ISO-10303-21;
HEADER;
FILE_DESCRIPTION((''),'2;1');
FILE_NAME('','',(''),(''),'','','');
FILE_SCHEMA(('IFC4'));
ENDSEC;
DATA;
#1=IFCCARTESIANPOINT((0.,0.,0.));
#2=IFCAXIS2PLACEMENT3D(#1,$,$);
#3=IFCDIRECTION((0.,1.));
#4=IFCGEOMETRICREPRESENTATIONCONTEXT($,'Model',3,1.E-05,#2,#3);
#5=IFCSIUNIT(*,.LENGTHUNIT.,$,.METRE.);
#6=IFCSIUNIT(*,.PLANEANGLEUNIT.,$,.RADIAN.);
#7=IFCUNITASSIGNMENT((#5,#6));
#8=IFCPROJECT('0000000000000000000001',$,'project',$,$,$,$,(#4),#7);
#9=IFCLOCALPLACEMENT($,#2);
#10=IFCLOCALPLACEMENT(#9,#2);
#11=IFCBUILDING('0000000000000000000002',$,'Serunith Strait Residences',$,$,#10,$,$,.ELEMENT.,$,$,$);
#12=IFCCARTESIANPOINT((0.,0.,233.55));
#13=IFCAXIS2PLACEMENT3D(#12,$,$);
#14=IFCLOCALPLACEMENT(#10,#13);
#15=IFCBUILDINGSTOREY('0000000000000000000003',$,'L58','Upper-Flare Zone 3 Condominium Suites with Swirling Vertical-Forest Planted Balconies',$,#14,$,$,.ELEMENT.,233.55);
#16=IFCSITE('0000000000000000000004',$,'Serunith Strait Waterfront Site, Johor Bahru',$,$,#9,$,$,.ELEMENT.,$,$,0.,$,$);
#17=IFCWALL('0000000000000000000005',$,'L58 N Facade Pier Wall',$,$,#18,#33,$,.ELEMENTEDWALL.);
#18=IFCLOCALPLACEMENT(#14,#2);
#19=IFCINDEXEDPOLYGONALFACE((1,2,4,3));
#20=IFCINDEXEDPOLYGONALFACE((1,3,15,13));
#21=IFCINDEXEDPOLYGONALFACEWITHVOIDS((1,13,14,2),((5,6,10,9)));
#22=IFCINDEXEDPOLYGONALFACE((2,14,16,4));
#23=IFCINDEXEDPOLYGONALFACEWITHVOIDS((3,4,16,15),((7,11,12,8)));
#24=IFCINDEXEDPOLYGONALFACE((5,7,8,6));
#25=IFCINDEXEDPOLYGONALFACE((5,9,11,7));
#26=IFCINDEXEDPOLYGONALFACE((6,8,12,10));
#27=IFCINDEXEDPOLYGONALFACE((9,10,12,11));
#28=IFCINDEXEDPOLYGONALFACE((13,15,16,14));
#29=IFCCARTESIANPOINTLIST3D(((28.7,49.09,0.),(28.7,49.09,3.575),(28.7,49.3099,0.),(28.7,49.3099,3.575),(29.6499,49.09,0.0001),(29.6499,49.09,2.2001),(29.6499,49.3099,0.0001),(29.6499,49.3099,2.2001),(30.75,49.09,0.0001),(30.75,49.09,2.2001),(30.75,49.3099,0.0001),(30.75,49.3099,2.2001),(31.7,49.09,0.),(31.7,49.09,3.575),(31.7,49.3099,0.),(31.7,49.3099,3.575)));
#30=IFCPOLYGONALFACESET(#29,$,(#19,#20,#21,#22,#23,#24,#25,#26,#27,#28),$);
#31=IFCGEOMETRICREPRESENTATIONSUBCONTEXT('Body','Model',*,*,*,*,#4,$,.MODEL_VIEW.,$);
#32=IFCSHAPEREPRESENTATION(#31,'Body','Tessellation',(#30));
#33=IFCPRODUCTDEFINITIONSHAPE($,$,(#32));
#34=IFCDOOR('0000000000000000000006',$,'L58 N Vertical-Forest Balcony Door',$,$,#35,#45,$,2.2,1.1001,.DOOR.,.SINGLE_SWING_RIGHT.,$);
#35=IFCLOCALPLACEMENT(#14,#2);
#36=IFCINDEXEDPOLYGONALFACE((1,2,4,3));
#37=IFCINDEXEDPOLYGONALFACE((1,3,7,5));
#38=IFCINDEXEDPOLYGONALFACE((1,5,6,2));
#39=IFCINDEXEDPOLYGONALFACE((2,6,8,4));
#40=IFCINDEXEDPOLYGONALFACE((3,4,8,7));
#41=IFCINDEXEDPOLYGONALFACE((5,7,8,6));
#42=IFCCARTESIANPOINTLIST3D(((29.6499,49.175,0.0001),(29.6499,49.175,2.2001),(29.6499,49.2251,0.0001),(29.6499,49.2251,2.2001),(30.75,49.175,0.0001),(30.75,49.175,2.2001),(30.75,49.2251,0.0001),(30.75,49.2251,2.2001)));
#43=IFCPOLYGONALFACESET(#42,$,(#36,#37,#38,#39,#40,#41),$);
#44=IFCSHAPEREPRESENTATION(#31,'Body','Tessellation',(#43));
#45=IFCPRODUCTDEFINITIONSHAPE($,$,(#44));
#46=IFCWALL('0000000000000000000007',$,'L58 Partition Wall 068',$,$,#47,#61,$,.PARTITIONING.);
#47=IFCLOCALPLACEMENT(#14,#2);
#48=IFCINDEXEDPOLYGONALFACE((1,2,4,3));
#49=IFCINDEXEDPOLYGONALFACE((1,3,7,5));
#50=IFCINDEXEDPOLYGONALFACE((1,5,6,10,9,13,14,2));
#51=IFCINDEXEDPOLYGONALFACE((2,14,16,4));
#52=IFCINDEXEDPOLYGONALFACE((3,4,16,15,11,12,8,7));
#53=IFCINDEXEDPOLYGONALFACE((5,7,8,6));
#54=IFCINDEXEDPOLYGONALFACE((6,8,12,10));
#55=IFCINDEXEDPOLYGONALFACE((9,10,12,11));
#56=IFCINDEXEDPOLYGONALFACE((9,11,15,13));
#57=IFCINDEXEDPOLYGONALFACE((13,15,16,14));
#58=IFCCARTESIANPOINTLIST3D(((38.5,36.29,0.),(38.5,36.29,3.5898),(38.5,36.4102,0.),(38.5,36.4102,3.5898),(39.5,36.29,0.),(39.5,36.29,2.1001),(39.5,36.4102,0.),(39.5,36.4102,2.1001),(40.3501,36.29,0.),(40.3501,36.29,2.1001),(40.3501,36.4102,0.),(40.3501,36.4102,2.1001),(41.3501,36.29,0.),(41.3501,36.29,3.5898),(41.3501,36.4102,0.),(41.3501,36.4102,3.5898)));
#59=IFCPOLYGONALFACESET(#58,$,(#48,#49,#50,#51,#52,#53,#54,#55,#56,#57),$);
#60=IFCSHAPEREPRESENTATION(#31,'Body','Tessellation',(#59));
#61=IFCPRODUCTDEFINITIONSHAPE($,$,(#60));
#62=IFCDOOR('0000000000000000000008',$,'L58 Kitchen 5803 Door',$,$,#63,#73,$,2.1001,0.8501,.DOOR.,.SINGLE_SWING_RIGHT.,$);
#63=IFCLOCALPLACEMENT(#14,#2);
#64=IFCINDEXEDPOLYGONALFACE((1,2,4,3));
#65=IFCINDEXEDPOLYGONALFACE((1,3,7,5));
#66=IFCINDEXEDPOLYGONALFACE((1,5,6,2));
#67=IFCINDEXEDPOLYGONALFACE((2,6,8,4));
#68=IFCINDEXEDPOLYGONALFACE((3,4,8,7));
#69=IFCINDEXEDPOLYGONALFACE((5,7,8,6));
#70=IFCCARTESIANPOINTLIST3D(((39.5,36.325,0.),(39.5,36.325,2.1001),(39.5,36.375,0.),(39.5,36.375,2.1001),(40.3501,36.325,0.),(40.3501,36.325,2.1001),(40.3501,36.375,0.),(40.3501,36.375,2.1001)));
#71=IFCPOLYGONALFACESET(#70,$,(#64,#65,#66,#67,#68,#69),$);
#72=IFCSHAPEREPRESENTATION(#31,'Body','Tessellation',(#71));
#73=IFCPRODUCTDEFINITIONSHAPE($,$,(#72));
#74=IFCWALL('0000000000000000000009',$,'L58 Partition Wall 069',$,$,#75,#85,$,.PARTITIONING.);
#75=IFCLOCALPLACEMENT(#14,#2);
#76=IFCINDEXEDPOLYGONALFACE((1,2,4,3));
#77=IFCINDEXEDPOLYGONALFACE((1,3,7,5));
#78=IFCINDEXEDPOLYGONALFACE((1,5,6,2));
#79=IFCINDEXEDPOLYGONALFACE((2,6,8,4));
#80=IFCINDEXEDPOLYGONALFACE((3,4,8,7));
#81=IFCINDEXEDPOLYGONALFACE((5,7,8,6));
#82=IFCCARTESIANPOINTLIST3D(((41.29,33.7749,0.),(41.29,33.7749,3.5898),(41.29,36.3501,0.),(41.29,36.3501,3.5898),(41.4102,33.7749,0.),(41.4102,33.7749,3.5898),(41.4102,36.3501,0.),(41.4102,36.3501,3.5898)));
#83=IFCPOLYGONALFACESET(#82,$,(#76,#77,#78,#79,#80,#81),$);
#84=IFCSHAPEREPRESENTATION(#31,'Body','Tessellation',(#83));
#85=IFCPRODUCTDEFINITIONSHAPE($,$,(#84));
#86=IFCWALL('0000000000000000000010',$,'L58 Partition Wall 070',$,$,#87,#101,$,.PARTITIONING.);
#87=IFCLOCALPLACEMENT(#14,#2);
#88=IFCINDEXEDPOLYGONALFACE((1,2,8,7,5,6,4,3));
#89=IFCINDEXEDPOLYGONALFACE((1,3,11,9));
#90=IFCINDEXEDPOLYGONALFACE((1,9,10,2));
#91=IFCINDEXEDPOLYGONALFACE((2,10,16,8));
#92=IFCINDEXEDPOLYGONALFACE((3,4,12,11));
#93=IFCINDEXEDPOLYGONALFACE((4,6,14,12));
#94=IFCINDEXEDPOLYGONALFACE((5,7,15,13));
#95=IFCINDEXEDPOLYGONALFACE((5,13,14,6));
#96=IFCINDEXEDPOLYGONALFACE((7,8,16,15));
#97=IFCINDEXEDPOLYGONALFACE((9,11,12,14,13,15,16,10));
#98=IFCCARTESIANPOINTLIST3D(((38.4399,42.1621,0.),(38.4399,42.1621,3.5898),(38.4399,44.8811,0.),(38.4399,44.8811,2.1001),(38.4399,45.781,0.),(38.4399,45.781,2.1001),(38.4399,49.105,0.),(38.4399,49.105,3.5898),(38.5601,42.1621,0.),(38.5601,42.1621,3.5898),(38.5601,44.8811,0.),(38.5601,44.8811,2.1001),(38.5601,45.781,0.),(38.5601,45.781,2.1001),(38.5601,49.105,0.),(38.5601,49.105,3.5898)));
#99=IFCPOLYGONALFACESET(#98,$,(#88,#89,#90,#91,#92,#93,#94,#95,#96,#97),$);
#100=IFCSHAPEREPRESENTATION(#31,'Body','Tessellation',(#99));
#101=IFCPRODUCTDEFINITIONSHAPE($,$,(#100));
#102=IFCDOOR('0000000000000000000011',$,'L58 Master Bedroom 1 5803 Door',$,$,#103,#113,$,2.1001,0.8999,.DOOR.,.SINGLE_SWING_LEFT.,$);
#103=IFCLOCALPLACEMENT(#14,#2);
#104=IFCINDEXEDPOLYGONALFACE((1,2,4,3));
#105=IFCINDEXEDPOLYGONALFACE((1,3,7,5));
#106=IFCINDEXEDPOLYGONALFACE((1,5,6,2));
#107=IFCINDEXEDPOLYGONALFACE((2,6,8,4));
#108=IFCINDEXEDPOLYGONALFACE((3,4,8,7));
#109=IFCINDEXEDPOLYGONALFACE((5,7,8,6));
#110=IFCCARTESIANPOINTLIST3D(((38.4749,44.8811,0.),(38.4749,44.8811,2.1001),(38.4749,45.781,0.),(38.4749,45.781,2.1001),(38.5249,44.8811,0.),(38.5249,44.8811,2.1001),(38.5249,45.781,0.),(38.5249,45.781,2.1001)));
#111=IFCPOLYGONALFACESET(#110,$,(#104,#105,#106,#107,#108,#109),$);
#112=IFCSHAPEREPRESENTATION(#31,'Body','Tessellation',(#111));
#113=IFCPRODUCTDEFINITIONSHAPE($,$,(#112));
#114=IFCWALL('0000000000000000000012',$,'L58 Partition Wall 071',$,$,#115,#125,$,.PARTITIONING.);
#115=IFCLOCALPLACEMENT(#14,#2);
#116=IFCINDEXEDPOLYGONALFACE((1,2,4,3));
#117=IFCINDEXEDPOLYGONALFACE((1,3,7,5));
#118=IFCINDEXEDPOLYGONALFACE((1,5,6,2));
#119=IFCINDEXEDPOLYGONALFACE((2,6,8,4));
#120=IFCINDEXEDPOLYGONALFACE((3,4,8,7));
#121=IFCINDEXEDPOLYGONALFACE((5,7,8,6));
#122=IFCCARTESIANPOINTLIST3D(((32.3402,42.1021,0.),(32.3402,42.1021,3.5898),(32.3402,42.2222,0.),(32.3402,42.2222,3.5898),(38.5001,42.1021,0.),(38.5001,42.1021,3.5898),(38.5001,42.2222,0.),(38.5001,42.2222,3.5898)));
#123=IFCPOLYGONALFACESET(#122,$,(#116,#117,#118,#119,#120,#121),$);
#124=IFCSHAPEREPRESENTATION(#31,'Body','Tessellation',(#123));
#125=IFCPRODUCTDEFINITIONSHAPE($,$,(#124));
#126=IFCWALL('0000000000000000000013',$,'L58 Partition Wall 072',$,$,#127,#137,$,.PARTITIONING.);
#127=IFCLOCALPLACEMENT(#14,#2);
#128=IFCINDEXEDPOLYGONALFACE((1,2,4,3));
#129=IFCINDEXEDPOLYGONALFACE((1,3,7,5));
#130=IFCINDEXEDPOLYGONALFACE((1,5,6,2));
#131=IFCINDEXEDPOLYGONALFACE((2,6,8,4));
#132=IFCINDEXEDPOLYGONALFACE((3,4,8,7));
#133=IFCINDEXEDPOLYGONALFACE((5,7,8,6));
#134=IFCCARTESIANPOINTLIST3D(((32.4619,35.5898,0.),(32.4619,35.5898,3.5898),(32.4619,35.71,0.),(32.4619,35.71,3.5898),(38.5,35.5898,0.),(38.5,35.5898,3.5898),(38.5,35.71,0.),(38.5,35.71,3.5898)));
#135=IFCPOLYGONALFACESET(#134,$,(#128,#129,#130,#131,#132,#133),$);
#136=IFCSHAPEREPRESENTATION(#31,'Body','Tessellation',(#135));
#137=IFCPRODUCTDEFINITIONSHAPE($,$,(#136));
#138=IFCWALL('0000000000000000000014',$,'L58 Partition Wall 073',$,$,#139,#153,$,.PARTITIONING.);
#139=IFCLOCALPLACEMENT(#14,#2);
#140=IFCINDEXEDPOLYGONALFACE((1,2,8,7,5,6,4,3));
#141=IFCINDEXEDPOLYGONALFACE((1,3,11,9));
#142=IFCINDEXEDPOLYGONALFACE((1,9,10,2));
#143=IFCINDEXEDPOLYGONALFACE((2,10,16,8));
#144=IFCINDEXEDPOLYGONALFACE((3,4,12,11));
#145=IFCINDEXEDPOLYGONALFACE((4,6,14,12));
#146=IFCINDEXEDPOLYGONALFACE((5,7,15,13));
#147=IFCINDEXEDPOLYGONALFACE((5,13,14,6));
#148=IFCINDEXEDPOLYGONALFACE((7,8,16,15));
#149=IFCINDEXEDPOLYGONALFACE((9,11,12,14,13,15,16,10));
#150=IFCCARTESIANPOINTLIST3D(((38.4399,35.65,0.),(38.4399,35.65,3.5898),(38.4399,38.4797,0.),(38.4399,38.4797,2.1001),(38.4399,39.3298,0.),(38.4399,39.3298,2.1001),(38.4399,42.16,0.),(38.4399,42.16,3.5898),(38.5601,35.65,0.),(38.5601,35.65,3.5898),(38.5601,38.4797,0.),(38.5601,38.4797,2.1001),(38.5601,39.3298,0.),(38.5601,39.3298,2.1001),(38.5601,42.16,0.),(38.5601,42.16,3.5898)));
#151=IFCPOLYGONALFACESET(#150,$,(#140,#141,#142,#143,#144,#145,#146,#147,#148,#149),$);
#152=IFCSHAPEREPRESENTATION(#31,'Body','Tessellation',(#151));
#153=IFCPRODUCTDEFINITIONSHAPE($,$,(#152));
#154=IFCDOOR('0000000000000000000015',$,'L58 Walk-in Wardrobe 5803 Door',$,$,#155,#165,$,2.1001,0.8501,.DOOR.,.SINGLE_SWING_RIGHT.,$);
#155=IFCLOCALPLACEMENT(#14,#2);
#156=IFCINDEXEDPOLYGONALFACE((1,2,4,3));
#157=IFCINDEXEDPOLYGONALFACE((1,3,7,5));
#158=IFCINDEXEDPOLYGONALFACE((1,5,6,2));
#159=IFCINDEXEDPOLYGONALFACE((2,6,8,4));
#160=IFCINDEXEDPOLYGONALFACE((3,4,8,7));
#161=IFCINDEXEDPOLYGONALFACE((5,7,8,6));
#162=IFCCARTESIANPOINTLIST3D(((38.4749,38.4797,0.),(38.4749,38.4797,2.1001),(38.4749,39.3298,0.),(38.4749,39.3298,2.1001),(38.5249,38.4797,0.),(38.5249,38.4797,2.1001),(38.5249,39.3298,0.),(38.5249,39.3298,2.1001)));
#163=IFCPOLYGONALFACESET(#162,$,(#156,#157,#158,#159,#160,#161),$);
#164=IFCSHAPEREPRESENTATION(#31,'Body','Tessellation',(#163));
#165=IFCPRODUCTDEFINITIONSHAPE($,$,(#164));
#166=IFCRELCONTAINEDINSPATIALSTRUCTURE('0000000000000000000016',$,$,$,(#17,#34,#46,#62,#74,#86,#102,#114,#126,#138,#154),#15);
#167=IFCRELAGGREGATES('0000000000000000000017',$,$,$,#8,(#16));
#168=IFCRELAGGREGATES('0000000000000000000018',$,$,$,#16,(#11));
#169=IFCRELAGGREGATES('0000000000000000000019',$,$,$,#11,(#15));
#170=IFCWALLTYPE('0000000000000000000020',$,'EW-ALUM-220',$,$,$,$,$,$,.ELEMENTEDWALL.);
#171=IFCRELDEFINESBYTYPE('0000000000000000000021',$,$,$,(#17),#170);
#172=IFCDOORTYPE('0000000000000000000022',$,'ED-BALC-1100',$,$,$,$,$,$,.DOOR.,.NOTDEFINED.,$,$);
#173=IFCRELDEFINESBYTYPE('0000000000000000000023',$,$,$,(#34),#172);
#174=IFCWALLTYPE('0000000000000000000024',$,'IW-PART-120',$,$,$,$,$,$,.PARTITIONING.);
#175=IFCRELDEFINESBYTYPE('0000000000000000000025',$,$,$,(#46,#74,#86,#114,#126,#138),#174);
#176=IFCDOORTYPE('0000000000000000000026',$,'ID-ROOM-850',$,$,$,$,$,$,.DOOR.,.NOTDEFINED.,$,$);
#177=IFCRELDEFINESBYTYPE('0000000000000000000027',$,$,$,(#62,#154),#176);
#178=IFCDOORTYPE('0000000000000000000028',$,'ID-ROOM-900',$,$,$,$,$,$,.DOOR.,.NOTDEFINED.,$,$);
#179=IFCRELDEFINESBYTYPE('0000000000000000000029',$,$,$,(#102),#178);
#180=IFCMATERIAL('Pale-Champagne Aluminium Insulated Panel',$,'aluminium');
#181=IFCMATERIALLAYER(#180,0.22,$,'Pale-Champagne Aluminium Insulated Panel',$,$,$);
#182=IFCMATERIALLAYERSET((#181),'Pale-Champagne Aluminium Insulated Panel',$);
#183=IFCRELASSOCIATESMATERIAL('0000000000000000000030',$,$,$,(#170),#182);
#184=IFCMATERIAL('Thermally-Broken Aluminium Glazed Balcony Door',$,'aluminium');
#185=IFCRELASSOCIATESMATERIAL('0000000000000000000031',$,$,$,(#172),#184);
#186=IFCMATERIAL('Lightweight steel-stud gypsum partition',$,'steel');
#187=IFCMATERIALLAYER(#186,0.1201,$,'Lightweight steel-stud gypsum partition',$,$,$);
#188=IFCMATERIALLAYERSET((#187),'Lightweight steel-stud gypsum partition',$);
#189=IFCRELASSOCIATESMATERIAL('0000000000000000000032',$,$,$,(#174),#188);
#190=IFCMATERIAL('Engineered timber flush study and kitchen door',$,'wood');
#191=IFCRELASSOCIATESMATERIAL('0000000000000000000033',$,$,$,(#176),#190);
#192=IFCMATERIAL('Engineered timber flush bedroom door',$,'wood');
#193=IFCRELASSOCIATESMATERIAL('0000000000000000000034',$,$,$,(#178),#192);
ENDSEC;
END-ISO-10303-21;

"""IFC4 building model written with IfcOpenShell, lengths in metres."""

from ifc_helpers import new_model, si_unit, direction, frame, frame_2d, origin, place, context, subcontext, project, spatial, rectangle, extrude, source, transform, mapped, material, layer, layer_set, type_object, element, fill, save


model = new_model("IFC4")

# Units and contexts
model_context = context("Model", 3, precision=1e-05, world=origin(), true_north=direction((0.0, 1.0)))
body_context = subcontext(model_context, "Body", "Model", "MODEL_VIEW")
ifc_project = project(units=[si_unit("LENGTHUNIT", "METRE"), si_unit("PLANEANGLEUNIT", "RADIAN")], contexts=[model_context])

# Site, building, storey
site_placement = place(None, origin())
site = spatial("IfcSite", under=ifc_project, at=site_placement, Name="Serunith Strait Waterfront Site, Johor Bahru", CompositionType="ELEMENT", RefElevation=0.0)
building_placement = place(site_placement, origin())
building = spatial("IfcBuilding", under=site, at=building_placement, Name="Serunith Strait Residences", CompositionType="ELEMENT")
storey_placement = place(building_placement, frame((0.0, 0.0, 233.55)))
storey = spatial("IfcBuildingStorey", under=building, at=storey_placement, Name="L58", Description="Upper-Flare Zone 3 Condominium Suites with Swirling Vertical-Forest Planted Balconies", CompositionType="ELEMENT", Elevation=233.55)

# Walls, openings, doors
ifc_material_1 = material(Name="Pale-Champagne Aluminium Insulated Panel", Category="aluminium")
ifc_layer_1 = layer(ifc_material_1, 0.22, Name="Pale-Champagne Aluminium Insulated Panel")
ifc_layer_set_1 = layer_set([ifc_layer_1], Name="Pale-Champagne Aluminium Insulated Panel")
wall_type_1 = type_object("IfcWallType", Name="EW-ALUM-220", PredefinedType="ELEMENTEDWALL", material=ifc_layer_set_1)
wall_1_placement = place(storey_placement, frame((31.7, 49.2, 0.0), z_axis=(0.0, 0.0, 1.0), x_axis=(-1.0, 0.0, 0.0)))
wall_1 = element("IfcWall", 1, at=wall_1_placement, inside=storey, type_object=wall_type_1, Name="L58 N Facade Pier Wall", PredefinedType="ELEMENTEDWALL", context=body_context, shape_type="SweptSolid", body=[
    extrude(rectangle(XDim=3.0, YDim=0.22, at=frame_2d((1.5, 0.0))), origin(), (0.0, 0.0, 1.0), 3.575),
])
opening_1_placement = place(wall_1_placement, frame((0.95, 0.0, 0.0)))
opening_1 = element("IfcOpeningElement", 2, at=opening_1_placement, cuts=wall_1, PredefinedType="OPENING", context=body_context, shape_type="SweptSolid", body=[
    extrude(rectangle(XDim=1.1001, YDim=2.2, at=frame_2d((0.55, 1.1001))), frame((0.0, 0.1201, 0.0), z_axis=(0.0, -1.0, 0.0), x_axis=(1.0, 0.0, 0.0)), (0.0, 0.0, 1.0), 0.24),
])
ifc_material_2 = material(Name="Thermally-Broken Aluminium Glazed Balcony Door", Category="aluminium")
door_type_1 = type_object("IfcDoorType", Name="ED-BALC-1100", OperationType="NOTDEFINED", PredefinedType="DOOR", material=ifc_material_2)
shared_shape_1 = source(origin(), body_context, "Body", "SweptSolid", [
    extrude(rectangle(XDim=1.1001, YDim=2.2, at=frame_2d((0.55, 1.1001))), frame((0.0, 0.0249, 0.0), z_axis=(0.0, -1.0, 0.0), x_axis=(1.0, 0.0, 0.0)), (0.0, 0.0, 1.0), 0.05),
])
door_1_placement = place(opening_1_placement, origin())
door_1 = element("IfcDoor", 3, at=door_1_placement, inside=storey, type_object=door_type_1, Name="L58 N Vertical-Forest Balcony Door", OperationType="SINGLE_SWING_RIGHT", OverallHeight=2.2, OverallWidth=1.1001, PredefinedType="DOOR", context=body_context, shape_type="MappedRepresentation", body=[
    mapped(shared_shape_1, transform((0.0, 0.0, 0.0), scale=1.0)),
])
fill(opening_1, door_1)
ifc_material_3 = material(Name="Lightweight steel-stud gypsum partition", Category="steel")
ifc_layer_2 = layer(ifc_material_3, 0.1201, Name="Lightweight steel-stud gypsum partition")
ifc_layer_set_2 = layer_set([ifc_layer_2], Name="Lightweight steel-stud gypsum partition")
wall_type_2 = type_object("IfcWallType", Name="IW-PART-120", PredefinedType="PARTITIONING", material=ifc_layer_set_2)
wall_2_placement = place(storey_placement, frame((38.5, 36.3501, 0.0), z_axis=(0.0, 0.0, 1.0), x_axis=(1.0, 0.0, 0.0)))
wall_2 = element("IfcWall", 4, at=wall_2_placement, inside=storey, type_object=wall_type_2, Name="L58 Partition Wall 068", PredefinedType="PARTITIONING", context=body_context, shape_type="SweptSolid", body=[
    extrude(rectangle(XDim=2.8501, YDim=0.1201, at=frame_2d((1.425, 0.0))), origin(), (0.0, 0.0, 1.0), 3.5898),
])
opening_2_placement = place(wall_2_placement, frame((1.0, 0.0, 0.0)))
opening_2 = element("IfcOpeningElement", 5, at=opening_2_placement, cuts=wall_2, PredefinedType="OPENING", context=body_context, shape_type="SweptSolid", body=[
    extrude(rectangle(XDim=0.8501, YDim=2.1001, at=frame_2d((0.425, 1.05))), frame((0.0, 0.0701, 0.0), z_axis=(0.0, -1.0, 0.0), x_axis=(1.0, 0.0, 0.0)), (0.0, 0.0, 1.0), 0.1401),
])
ifc_material_4 = material(Name="Engineered timber flush study and kitchen door", Category="wood")
door_type_2 = type_object("IfcDoorType", Name="ID-ROOM-850", OperationType="NOTDEFINED", PredefinedType="DOOR", material=ifc_material_4)
shared_shape_2 = source(origin(), body_context, "Body", "SweptSolid", [
    extrude(rectangle(XDim=0.8501, YDim=2.1001, at=frame_2d((0.425, 1.05))), frame((0.0, 0.0249, 0.0), z_axis=(0.0, -1.0, 0.0), x_axis=(1.0, 0.0, 0.0)), (0.0, 0.0, 1.0), 0.05),
])
door_2_placement = place(opening_2_placement, origin())
door_2 = element("IfcDoor", 6, at=door_2_placement, inside=storey, type_object=door_type_2, Name="L58 Kitchen 5803 Door", OperationType="SINGLE_SWING_RIGHT", OverallHeight=2.1001, OverallWidth=0.8501, PredefinedType="DOOR", context=body_context, shape_type="MappedRepresentation", body=[
    mapped(shared_shape_2, transform((0.0, 0.0, 0.0), scale=1.0)),
])
fill(opening_2, door_2)

# Wall
wall_3_placement = place(storey_placement, frame((41.3501, 36.3501, 0.0), z_axis=(0.0, 0.0, 1.0), x_axis=(0.0, -1.0, 0.0)))
element("IfcWall", 7, at=wall_3_placement, inside=storey, type_object=wall_type_2, Name="L58 Partition Wall 069", PredefinedType="PARTITIONING", context=body_context, shape_type="SweptSolid", body=[
    extrude(rectangle(XDim=2.5752, YDim=0.1201, at=frame_2d((1.2876, 0.0))), origin(), (0.0, 0.0, 1.0), 3.5898),
])

# Wall, opening, door
wall_4_placement = place(storey_placement, frame((38.5, 49.105, 0.0), z_axis=(0.0, 0.0, 1.0), x_axis=(0.0, -1.0, 0.0)))
wall_4 = element("IfcWall", 8, at=wall_4_placement, inside=storey, type_object=wall_type_2, Name="L58 Partition Wall 070", PredefinedType="PARTITIONING", context=body_context, shape_type="SweptSolid", body=[
    extrude(rectangle(XDim=6.9429, YDim=0.1201, at=frame_2d((3.4714, 0.0))), origin(), (0.0, 0.0, 1.0), 3.5898),
])
opening_3_placement = place(wall_4_placement, frame((3.324, 0.0, 0.0)))
opening_3 = element("IfcOpeningElement", 9, at=opening_3_placement, cuts=wall_4, PredefinedType="OPENING", context=body_context, shape_type="SweptSolid", body=[
    extrude(rectangle(XDim=0.8999, YDim=2.1001, at=frame_2d((0.45, 1.05))), frame((0.0, 0.0701, 0.0), z_axis=(0.0, -1.0, 0.0), x_axis=(1.0, 0.0, 0.0)), (0.0, 0.0, 1.0), 0.1401),
])
ifc_material_5 = material(Name="Engineered timber flush bedroom door", Category="wood")
door_type_3 = type_object("IfcDoorType", Name="ID-ROOM-900", OperationType="NOTDEFINED", PredefinedType="DOOR", material=ifc_material_5)
shared_shape_3 = source(origin(), body_context, "Body", "SweptSolid", [
    extrude(rectangle(XDim=0.8999, YDim=2.1001, at=frame_2d((0.45, 1.05))), frame((0.0, 0.0249, 0.0), z_axis=(0.0, -1.0, 0.0), x_axis=(1.0, 0.0, 0.0)), (0.0, 0.0, 1.0), 0.05),
])
door_3_placement = place(opening_3_placement, origin())
door_3 = element("IfcDoor", 10, at=door_3_placement, inside=storey, type_object=door_type_3, Name="L58 Master Bedroom 1 5803 Door", OperationType="SINGLE_SWING_LEFT", OverallHeight=2.1001, OverallWidth=0.8999, PredefinedType="DOOR", context=body_context, shape_type="MappedRepresentation", body=[
    mapped(shared_shape_3, transform((0.0, 0.0, 0.0), scale=1.0)),
])
fill(opening_3, door_3)

# Walls
wall_5_placement = place(storey_placement, frame((32.3401, 42.1621, 0.0), z_axis=(0.0, 0.0, 1.0), x_axis=(1.0, 0.0, 0.0)))
element("IfcWall", 11, at=wall_5_placement, inside=storey, type_object=wall_type_2, Name="L58 Partition Wall 071", PredefinedType="PARTITIONING", context=body_context, shape_type="SweptSolid", body=[
    extrude(rectangle(XDim=6.1599, YDim=0.1201, at=frame_2d((3.0801, 0.0))), origin(), (0.0, 0.0, 1.0), 3.5898),
])
wall_6_placement = place(storey_placement, frame((32.4619, 35.6499, 0.0), z_axis=(0.0, 0.0, 1.0), x_axis=(1.0, 0.0, 0.0)))
element("IfcWall", 12, at=wall_6_placement, inside=storey, type_object=wall_type_2, Name="L58 Partition Wall 072", PredefinedType="PARTITIONING", context=body_context, shape_type="SweptSolid", body=[
    extrude(rectangle(XDim=6.0381, YDim=0.1201, at=frame_2d((3.019, 0.0))), origin(), (0.0, 0.0, 1.0), 3.5898),
])

# Wall, opening, door
wall_7_placement = place(storey_placement, frame((38.5, 42.1599, 0.0), z_axis=(0.0, 0.0, 1.0), x_axis=(0.0, -1.0, 0.0)))
wall_7 = element("IfcWall", 13, at=wall_7_placement, inside=storey, type_object=wall_type_2, Name="L58 Partition Wall 073", PredefinedType="PARTITIONING", context=body_context, shape_type="SweptSolid", body=[
    extrude(rectangle(XDim=6.51, YDim=0.1201, at=frame_2d((3.2549, 0.0))), origin(), (0.0, 0.0, 1.0), 3.5898),
])
opening_4_placement = place(wall_7_placement, frame((2.8301, 0.0, 0.0)))
opening_4 = element("IfcOpeningElement", 14, at=opening_4_placement, cuts=wall_7, PredefinedType="OPENING", context=body_context, shape_type="SweptSolid", body=[
    extrude(rectangle(XDim=0.8501, YDim=2.1001, at=frame_2d((0.425, 1.05))), frame((0.0, 0.0701, 0.0), z_axis=(0.0, -1.0, 0.0), x_axis=(1.0, 0.0, 0.0)), (0.0, 0.0, 1.0), 0.1401),
])
door_4_placement = place(opening_4_placement, origin())
door_4 = element("IfcDoor", 15, at=door_4_placement, inside=storey, type_object=door_type_2, Name="L58 Walk-in Wardrobe 5803 Door", OperationType="SINGLE_SWING_RIGHT", OverallHeight=2.1001, OverallWidth=0.8501, PredefinedType="DOOR", context=body_context, shape_type="MappedRepresentation", body=[
    mapped(shared_shape_2, transform((0.0, 0.0, 0.0), scale=1.0)),
])
fill(opening_4, door_4)

save(model, "model.ifc")
